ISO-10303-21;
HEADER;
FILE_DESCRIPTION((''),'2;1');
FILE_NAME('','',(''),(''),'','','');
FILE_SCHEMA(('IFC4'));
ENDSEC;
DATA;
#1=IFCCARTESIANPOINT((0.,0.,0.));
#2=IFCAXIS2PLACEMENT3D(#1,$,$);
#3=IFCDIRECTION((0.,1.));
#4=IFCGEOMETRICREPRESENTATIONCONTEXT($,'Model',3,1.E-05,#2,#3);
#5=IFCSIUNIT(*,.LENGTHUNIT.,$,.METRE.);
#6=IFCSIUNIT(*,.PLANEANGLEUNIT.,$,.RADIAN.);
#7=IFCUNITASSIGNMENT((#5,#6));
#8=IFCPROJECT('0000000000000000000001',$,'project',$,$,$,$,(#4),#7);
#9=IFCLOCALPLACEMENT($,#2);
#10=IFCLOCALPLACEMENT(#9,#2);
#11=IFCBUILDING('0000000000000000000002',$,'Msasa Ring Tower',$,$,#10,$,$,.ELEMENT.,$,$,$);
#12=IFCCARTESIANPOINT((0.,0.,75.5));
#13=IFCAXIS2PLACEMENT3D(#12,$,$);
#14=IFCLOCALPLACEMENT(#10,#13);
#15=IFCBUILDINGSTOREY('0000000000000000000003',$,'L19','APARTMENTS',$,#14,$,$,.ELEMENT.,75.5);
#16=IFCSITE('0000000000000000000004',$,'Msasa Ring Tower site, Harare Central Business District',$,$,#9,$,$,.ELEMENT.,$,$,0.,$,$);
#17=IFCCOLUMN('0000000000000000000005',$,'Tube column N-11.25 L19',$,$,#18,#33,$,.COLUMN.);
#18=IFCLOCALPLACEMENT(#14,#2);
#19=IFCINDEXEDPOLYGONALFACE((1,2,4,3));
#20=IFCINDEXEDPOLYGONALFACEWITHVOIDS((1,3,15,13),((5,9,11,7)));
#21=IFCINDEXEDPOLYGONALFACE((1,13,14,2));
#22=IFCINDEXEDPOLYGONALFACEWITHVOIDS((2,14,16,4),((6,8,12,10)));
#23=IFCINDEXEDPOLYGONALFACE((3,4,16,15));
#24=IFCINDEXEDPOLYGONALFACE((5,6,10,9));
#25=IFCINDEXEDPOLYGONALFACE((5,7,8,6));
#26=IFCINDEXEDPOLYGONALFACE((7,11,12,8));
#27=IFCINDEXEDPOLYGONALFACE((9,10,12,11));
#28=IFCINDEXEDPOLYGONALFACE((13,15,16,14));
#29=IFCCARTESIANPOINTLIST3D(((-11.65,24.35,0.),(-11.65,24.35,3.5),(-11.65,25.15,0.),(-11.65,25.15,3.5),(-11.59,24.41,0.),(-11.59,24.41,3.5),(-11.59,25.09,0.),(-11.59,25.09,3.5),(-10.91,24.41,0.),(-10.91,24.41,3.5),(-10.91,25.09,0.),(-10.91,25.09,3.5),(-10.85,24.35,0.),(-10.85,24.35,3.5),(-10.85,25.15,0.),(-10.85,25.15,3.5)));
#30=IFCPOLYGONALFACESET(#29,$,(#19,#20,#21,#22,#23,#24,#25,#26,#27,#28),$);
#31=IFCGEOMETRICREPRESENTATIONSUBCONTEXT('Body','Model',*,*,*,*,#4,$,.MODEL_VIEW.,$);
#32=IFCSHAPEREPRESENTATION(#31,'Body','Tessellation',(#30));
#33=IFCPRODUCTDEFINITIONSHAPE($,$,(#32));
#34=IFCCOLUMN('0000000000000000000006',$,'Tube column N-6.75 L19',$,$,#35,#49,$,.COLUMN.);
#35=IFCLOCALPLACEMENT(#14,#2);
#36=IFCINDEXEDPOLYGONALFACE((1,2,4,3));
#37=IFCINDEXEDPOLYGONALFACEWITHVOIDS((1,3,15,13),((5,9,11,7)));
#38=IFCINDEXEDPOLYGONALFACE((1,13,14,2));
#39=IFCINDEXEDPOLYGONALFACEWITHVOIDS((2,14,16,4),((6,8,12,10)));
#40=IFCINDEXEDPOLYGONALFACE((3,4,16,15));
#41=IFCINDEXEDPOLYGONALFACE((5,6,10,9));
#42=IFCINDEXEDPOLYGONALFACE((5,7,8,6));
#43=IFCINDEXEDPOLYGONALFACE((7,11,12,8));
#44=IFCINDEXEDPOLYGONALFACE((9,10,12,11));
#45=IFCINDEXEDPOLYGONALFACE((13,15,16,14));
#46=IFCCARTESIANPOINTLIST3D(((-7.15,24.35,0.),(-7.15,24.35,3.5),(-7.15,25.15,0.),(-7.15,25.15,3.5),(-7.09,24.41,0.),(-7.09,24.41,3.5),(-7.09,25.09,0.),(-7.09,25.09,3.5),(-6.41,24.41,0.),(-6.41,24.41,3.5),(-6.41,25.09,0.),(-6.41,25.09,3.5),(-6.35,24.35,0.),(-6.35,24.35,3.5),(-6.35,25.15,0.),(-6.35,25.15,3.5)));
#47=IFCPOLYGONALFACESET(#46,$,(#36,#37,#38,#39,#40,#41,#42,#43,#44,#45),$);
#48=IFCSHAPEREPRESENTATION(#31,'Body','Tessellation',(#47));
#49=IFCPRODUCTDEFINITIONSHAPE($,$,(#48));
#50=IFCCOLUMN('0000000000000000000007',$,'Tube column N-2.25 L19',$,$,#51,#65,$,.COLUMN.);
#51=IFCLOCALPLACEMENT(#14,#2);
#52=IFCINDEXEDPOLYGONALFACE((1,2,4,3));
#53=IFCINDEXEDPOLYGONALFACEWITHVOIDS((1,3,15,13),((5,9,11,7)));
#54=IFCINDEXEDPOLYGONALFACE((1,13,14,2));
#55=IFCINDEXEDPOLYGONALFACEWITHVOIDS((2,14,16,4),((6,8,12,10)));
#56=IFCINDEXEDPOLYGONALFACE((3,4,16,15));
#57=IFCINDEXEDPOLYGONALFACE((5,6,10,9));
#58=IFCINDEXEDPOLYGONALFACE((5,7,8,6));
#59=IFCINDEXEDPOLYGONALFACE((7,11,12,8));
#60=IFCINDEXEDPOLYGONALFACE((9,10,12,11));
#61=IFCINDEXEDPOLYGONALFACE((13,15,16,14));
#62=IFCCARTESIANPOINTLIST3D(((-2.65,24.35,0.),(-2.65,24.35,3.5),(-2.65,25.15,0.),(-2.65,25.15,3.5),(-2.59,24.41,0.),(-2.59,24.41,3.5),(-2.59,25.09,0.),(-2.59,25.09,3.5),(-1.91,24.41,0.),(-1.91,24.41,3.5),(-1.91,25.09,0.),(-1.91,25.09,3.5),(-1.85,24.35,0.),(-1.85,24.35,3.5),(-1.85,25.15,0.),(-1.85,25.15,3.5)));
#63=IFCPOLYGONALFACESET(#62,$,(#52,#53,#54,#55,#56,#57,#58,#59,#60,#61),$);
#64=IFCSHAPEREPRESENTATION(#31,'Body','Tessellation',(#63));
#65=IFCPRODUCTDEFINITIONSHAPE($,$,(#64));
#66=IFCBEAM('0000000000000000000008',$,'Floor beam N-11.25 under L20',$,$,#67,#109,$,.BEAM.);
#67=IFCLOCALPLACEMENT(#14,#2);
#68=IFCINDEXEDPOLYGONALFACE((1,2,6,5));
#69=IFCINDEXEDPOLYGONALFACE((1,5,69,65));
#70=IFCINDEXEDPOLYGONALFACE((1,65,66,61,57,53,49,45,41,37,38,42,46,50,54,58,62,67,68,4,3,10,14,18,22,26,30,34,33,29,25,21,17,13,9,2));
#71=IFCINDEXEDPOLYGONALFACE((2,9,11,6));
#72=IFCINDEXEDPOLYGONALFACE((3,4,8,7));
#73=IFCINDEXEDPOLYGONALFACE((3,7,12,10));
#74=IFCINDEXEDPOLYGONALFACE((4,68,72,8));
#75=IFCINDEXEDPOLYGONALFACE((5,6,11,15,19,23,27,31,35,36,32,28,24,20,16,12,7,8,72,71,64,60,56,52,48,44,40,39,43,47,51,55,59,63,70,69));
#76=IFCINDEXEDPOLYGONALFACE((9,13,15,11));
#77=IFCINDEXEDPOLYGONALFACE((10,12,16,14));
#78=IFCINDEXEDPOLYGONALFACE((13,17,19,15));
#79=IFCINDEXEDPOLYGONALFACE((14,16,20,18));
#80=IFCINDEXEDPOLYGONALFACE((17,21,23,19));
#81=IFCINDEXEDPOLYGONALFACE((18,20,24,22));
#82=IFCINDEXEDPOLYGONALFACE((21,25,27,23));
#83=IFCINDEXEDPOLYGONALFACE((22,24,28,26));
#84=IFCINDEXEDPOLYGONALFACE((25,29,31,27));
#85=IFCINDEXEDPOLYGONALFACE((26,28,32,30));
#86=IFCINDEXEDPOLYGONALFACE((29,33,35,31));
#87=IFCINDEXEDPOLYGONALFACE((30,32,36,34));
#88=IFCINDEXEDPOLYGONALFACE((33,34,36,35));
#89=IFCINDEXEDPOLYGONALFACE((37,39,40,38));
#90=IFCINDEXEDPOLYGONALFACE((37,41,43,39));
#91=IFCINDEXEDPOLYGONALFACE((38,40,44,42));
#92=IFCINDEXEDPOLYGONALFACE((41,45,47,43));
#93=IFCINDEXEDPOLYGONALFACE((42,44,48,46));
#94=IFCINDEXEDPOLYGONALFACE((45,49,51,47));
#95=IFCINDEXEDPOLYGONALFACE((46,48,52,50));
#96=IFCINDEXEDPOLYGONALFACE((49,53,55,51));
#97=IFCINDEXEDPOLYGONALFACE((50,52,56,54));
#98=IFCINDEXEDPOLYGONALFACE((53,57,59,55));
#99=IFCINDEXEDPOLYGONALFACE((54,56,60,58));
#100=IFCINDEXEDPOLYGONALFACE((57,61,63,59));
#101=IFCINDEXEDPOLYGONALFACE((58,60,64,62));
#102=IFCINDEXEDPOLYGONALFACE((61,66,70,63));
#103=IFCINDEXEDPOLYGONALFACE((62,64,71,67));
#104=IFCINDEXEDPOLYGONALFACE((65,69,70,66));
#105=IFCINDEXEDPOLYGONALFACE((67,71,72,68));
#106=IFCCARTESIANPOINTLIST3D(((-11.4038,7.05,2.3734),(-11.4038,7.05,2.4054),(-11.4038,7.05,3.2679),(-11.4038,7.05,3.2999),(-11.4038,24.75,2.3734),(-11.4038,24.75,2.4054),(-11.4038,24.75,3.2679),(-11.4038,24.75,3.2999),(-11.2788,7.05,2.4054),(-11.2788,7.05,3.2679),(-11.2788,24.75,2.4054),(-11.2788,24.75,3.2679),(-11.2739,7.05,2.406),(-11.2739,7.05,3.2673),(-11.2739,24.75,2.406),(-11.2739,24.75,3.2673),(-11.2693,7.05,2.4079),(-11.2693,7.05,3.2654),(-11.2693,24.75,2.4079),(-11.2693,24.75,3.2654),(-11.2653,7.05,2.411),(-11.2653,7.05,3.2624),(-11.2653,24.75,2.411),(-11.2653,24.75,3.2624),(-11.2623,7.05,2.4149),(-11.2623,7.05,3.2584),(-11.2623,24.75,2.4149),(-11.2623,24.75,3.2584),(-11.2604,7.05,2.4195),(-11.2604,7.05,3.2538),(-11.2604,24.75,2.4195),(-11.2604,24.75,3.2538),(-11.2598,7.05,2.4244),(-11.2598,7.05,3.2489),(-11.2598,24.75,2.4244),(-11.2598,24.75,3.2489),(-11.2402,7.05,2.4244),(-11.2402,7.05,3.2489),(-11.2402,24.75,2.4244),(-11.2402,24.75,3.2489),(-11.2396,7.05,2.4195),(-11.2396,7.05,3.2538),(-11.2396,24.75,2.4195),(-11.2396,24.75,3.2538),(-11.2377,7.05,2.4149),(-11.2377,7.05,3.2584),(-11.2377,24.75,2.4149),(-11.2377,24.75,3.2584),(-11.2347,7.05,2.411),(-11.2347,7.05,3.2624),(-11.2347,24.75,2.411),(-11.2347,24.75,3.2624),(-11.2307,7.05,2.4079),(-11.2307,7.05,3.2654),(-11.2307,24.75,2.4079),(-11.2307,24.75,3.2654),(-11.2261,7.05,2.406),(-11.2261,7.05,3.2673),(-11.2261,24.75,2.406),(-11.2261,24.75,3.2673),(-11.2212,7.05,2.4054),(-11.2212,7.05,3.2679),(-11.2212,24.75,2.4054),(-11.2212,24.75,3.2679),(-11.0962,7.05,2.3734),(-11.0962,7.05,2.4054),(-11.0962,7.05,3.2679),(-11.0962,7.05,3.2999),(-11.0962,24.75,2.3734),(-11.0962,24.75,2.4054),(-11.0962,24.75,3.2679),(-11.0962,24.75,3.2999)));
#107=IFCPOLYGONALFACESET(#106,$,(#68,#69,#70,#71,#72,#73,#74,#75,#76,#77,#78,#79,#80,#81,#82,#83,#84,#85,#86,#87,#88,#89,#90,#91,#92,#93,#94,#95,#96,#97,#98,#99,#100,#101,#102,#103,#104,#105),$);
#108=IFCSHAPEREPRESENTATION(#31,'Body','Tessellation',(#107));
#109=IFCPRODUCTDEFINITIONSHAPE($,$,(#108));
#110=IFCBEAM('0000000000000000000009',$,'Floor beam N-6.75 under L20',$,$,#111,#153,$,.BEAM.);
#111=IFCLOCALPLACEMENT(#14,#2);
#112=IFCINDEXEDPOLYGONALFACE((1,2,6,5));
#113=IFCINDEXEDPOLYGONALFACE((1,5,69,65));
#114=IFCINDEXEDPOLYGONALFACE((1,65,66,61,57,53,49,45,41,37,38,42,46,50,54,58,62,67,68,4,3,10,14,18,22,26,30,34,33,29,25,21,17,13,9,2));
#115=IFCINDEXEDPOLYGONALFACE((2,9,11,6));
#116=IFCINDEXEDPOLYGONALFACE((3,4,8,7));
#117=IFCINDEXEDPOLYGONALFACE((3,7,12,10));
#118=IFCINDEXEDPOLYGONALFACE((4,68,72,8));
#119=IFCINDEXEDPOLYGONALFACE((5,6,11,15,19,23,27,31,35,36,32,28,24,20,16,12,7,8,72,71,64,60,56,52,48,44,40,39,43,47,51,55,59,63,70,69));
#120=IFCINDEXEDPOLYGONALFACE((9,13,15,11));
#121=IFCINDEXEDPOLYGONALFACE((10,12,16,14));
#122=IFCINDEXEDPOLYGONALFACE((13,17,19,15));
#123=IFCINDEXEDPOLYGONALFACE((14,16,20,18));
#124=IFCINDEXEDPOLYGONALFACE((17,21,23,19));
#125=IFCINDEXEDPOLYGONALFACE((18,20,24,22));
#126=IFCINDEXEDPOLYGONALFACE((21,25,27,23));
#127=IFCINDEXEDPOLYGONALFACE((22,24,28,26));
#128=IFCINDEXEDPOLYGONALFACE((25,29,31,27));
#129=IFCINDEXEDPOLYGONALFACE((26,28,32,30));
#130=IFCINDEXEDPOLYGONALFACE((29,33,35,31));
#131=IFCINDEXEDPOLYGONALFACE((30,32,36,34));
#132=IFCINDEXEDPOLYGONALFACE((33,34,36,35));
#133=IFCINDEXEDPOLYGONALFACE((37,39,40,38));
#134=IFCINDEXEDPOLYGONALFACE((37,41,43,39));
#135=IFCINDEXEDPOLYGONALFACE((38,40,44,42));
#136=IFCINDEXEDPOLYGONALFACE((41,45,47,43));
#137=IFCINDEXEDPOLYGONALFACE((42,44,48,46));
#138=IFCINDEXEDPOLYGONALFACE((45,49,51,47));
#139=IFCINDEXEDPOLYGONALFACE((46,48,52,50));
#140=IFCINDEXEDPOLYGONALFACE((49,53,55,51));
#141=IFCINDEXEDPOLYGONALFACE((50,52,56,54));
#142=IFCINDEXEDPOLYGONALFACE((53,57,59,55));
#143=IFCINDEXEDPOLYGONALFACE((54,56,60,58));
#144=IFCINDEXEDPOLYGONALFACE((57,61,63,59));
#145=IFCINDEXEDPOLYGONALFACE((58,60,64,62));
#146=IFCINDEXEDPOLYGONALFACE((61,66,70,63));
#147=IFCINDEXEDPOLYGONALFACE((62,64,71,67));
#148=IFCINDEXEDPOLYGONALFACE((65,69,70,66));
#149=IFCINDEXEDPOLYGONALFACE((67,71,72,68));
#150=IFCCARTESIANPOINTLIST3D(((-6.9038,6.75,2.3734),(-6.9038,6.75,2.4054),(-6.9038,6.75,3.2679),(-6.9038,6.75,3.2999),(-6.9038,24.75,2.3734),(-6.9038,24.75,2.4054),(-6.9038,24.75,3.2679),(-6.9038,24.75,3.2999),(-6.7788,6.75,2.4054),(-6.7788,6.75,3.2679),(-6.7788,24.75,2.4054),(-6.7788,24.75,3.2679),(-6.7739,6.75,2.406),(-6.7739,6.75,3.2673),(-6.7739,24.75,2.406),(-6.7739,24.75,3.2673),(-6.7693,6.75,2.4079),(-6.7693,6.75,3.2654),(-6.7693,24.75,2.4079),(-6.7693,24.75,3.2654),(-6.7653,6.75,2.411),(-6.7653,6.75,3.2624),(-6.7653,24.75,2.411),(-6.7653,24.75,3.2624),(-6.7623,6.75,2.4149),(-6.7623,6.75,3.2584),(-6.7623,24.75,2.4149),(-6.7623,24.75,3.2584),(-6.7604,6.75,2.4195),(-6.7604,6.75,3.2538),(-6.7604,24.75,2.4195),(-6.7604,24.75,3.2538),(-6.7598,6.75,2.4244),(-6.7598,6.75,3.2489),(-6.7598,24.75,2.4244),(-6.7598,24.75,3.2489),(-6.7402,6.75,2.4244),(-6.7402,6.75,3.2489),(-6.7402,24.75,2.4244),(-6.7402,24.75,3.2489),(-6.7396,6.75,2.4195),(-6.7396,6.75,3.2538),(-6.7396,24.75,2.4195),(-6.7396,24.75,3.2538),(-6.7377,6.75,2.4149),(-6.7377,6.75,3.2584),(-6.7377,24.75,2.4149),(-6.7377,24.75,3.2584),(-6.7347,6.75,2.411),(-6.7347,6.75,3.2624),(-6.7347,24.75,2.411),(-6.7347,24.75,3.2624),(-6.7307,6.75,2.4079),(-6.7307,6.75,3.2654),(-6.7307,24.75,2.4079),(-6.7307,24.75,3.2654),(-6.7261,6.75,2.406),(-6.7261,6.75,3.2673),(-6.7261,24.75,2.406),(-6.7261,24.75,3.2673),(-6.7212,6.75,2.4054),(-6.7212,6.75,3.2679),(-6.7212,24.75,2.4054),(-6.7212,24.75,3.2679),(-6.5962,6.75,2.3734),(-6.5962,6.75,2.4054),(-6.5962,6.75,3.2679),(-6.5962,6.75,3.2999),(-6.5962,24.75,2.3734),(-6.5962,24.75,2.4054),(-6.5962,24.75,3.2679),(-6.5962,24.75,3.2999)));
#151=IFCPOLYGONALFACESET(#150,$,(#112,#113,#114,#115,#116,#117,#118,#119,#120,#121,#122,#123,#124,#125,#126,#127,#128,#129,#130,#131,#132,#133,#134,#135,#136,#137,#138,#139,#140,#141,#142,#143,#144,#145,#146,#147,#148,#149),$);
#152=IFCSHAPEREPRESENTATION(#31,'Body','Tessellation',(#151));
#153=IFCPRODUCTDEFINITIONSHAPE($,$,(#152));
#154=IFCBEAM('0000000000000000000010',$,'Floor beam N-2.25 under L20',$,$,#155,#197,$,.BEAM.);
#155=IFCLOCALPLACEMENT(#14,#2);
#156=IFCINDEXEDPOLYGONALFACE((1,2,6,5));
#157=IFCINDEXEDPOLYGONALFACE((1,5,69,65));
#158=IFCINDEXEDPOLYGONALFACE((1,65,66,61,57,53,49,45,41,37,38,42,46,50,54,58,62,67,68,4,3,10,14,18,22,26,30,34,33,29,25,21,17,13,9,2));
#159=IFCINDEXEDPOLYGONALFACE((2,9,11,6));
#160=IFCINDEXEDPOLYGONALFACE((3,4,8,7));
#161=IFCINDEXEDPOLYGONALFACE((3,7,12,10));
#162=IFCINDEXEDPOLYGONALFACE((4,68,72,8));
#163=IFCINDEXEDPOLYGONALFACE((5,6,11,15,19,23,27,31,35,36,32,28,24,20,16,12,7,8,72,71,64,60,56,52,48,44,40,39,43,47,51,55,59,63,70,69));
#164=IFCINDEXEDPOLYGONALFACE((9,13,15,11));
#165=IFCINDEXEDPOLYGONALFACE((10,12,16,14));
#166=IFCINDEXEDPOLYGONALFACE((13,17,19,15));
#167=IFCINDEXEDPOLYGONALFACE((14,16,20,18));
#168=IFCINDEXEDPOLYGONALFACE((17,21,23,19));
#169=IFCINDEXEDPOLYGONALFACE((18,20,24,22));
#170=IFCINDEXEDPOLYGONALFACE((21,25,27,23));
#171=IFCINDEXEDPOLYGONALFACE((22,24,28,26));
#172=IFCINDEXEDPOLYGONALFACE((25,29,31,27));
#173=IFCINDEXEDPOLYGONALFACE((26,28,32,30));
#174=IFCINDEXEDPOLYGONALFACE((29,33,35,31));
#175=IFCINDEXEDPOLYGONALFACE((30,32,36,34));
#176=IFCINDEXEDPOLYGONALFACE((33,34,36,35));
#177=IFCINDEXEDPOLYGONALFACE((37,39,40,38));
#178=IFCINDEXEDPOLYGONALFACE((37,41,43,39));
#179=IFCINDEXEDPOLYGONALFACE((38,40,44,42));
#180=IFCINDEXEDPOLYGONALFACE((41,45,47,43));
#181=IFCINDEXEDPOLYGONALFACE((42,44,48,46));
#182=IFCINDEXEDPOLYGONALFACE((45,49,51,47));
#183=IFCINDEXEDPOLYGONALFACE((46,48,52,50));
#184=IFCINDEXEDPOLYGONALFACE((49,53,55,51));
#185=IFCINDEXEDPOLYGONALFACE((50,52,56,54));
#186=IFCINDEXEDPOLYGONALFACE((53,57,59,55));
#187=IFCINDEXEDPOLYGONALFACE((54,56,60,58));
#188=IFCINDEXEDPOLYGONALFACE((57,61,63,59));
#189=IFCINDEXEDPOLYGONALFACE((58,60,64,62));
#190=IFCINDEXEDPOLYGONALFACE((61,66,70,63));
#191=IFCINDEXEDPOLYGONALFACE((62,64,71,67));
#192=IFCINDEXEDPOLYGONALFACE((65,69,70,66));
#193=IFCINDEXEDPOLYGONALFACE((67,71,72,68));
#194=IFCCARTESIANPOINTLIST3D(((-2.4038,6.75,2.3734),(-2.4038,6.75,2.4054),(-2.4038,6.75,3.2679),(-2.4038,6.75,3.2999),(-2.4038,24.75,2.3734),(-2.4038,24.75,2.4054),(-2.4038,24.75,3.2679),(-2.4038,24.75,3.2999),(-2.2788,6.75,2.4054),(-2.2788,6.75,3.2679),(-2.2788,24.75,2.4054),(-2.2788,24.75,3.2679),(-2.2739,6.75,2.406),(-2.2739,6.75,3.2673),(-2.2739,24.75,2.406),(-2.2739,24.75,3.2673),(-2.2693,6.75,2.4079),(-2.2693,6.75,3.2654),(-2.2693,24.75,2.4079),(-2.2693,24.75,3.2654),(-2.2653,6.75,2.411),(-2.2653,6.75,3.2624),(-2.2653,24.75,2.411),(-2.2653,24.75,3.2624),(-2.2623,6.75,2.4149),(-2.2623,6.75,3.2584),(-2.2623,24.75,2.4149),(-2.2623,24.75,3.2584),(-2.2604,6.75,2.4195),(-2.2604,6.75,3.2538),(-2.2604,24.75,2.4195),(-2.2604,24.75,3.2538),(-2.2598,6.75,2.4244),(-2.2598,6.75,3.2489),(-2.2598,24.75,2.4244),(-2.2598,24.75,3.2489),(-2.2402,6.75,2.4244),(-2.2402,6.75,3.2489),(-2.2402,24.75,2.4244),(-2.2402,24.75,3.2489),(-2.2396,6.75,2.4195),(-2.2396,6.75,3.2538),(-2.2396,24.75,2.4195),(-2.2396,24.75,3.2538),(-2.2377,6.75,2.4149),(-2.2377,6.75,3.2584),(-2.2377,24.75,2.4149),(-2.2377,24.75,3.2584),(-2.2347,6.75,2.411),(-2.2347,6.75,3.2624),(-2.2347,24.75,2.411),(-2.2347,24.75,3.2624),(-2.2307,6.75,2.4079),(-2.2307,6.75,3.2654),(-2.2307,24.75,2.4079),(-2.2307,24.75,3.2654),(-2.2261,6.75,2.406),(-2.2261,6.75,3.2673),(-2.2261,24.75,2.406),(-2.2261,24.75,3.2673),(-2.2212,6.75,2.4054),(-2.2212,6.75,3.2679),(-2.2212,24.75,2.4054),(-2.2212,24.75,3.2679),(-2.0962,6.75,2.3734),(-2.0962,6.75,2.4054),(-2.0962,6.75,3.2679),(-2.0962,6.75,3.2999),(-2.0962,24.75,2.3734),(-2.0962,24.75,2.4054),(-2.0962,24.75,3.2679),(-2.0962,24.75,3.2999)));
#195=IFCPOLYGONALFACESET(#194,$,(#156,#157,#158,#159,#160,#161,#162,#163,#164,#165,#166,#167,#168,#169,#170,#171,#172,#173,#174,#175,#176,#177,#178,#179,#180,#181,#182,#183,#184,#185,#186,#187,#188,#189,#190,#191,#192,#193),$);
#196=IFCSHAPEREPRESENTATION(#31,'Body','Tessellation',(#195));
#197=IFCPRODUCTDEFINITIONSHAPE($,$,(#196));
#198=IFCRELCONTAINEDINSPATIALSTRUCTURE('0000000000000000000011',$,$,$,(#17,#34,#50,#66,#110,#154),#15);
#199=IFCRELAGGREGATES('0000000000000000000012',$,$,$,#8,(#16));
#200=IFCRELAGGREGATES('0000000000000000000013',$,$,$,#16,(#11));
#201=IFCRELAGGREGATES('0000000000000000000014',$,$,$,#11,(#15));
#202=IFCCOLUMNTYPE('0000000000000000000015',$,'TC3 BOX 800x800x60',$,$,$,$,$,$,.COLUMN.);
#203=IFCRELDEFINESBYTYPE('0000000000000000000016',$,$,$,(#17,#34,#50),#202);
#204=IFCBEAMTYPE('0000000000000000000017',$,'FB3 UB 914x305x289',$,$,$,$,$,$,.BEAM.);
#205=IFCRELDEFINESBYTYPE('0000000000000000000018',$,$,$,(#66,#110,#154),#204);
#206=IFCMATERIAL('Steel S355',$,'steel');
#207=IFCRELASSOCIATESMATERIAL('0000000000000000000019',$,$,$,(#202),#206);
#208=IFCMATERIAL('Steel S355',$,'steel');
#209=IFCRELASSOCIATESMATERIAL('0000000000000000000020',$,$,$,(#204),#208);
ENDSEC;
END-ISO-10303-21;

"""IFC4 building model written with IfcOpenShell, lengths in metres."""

from ifc_helpers import new_model, si_unit, direction, frame, origin, origin_2d, place, context, subcontext, project, spatial, hollow_rectangle, i_section, extrude, material, material_profile, profile_set, type_object, element, save


model = new_model("IFC4")

# Units and contexts
model_context = context("Model", 3, precision=1e-05, world=origin(), true_north=direction((0.0, 1.0)))
body_context = subcontext(model_context, "Body", "Model", "MODEL_VIEW")
ifc_project = project(units=[si_unit("LENGTHUNIT", "METRE"), si_unit("PLANEANGLEUNIT", "RADIAN")], contexts=[model_context])

# Site, building, storey
site_placement = place(None, origin())
site = spatial("IfcSite", under=ifc_project, at=site_placement, Name="Msasa Ring Tower site, Harare Central Business District", CompositionType="ELEMENT", RefElevation=0.0)
building_placement = place(site_placement, origin())
building = spatial("IfcBuilding", under=site, at=building_placement, Name="Msasa Ring Tower", CompositionType="ELEMENT")
storey_placement = place(building_placement, frame((0.0, 0.0, 75.5)))
storey = spatial("IfcBuildingStorey", under=building, at=storey_placement, Name="L19", Description="APARTMENTS", CompositionType="ELEMENT", Elevation=75.5)

# Columns
ifc_material_1 = material(Name="Steel S355", Category="steel")
ifc_material_profile_1 = material_profile(ifc_material_1, hollow_rectangle(XDim=0.8, YDim=0.8, WallThickness=0.0601, at=origin_2d()), Name="BOX 800x800x60")
ifc_profile_set_1 = profile_set([ifc_material_profile_1], Name="Steel S355")
column_type = type_object("IfcColumnType", Name="TC3 BOX 800x800x60", PredefinedType="COLUMN", material=ifc_profile_set_1)
for number, where, z_axis, x_axis, name in (
    (1, (-11.25, 24.75, 0.0), (0.0, 0.0, 1.0), (0.0, 1.0, 0.0), "Tube column N-11.25 L19"),
    (2, (-6.75, 24.75, 0.0), (0.0, 0.0, 1.0), (0.0, 1.0, 0.0), "Tube column N-6.75 L19"),
    (3, (-2.25, 24.75, 0.0), (0.0, 0.0, 1.0), (0.0, 1.0, 0.0), "Tube column N-2.25 L19"),
):
    element("IfcColumn", number, at=place(storey_placement, frame(where, z_axis=z_axis, x_axis=x_axis)), inside=storey, type_object=column_type, Name=name, PredefinedType="COLUMN", context=body_context, shape_type="SweptSolid", body=[
        extrude(hollow_rectangle(XDim=0.8, YDim=0.8, WallThickness=0.0601, at=origin_2d()), origin(), (0.0, 0.0, 1.0), 3.5),
    ])

# Beams
ifc_material_2 = material(Name="Steel S355", Category="steel")
ifc_material_profile_2 = material_profile(ifc_material_2, i_section(OverallWidth=0.3076, OverallDepth=0.9265, WebThickness=0.0195, FlangeThickness=0.032, FilletRadius=0.019, at=origin_2d()), Name="UB 914x305x289")
ifc_profile_set_2 = profile_set([ifc_material_profile_2], Name="Steel S355")
beam_type_1 = type_object("IfcBeamType", Name="FB3 UB 914x305x289", PredefinedType="BEAM", material=ifc_profile_set_2)
beam_placement = place(storey_placement, frame((-11.25, 24.75, 2.8367), z_axis=(0.0, -1.0, 0.0), x_axis=(1.0, 0.0, 0.0)))
element("IfcBeam", 4, at=beam_placement, inside=storey, type_object=beam_type_1, Name="Floor beam N-11.25 under L20", PredefinedType="BEAM", context=body_context, shape_type="SweptSolid", body=[
    extrude(i_section(OverallWidth=0.3076, OverallDepth=0.9265, WebThickness=0.0195, FlangeThickness=0.032, FilletRadius=0.019, at=origin_2d()), origin(), (0.0, 0.0, 1.0), 17.7),
])
for number, where, z_axis, x_axis, name in (
    (5, (-6.75, 24.75, 2.8367), (0.0, -1.0, 0.0), (1.0, 0.0, 0.0), "Floor beam N-6.75 under L20"),
    (6, (-2.25, 24.75, 2.8367), (0.0, -1.0, 0.0), (1.0, 0.0, 0.0), "Floor beam N-2.25 under L20"),
):
    element("IfcBeam", number, at=place(storey_placement, frame(where, z_axis=z_axis, x_axis=x_axis)), inside=storey, type_object=beam_type_1, Name=name, PredefinedType="BEAM", context=body_context, shape_type="SweptSolid", body=[
        extrude(i_section(OverallWidth=0.3076, OverallDepth=0.9265, WebThickness=0.0195, FlangeThickness=0.032, FilletRadius=0.019, at=origin_2d()), origin(), (0.0, 0.0, 1.0), 18.0),
    ])

save(model, "model.ifc")
